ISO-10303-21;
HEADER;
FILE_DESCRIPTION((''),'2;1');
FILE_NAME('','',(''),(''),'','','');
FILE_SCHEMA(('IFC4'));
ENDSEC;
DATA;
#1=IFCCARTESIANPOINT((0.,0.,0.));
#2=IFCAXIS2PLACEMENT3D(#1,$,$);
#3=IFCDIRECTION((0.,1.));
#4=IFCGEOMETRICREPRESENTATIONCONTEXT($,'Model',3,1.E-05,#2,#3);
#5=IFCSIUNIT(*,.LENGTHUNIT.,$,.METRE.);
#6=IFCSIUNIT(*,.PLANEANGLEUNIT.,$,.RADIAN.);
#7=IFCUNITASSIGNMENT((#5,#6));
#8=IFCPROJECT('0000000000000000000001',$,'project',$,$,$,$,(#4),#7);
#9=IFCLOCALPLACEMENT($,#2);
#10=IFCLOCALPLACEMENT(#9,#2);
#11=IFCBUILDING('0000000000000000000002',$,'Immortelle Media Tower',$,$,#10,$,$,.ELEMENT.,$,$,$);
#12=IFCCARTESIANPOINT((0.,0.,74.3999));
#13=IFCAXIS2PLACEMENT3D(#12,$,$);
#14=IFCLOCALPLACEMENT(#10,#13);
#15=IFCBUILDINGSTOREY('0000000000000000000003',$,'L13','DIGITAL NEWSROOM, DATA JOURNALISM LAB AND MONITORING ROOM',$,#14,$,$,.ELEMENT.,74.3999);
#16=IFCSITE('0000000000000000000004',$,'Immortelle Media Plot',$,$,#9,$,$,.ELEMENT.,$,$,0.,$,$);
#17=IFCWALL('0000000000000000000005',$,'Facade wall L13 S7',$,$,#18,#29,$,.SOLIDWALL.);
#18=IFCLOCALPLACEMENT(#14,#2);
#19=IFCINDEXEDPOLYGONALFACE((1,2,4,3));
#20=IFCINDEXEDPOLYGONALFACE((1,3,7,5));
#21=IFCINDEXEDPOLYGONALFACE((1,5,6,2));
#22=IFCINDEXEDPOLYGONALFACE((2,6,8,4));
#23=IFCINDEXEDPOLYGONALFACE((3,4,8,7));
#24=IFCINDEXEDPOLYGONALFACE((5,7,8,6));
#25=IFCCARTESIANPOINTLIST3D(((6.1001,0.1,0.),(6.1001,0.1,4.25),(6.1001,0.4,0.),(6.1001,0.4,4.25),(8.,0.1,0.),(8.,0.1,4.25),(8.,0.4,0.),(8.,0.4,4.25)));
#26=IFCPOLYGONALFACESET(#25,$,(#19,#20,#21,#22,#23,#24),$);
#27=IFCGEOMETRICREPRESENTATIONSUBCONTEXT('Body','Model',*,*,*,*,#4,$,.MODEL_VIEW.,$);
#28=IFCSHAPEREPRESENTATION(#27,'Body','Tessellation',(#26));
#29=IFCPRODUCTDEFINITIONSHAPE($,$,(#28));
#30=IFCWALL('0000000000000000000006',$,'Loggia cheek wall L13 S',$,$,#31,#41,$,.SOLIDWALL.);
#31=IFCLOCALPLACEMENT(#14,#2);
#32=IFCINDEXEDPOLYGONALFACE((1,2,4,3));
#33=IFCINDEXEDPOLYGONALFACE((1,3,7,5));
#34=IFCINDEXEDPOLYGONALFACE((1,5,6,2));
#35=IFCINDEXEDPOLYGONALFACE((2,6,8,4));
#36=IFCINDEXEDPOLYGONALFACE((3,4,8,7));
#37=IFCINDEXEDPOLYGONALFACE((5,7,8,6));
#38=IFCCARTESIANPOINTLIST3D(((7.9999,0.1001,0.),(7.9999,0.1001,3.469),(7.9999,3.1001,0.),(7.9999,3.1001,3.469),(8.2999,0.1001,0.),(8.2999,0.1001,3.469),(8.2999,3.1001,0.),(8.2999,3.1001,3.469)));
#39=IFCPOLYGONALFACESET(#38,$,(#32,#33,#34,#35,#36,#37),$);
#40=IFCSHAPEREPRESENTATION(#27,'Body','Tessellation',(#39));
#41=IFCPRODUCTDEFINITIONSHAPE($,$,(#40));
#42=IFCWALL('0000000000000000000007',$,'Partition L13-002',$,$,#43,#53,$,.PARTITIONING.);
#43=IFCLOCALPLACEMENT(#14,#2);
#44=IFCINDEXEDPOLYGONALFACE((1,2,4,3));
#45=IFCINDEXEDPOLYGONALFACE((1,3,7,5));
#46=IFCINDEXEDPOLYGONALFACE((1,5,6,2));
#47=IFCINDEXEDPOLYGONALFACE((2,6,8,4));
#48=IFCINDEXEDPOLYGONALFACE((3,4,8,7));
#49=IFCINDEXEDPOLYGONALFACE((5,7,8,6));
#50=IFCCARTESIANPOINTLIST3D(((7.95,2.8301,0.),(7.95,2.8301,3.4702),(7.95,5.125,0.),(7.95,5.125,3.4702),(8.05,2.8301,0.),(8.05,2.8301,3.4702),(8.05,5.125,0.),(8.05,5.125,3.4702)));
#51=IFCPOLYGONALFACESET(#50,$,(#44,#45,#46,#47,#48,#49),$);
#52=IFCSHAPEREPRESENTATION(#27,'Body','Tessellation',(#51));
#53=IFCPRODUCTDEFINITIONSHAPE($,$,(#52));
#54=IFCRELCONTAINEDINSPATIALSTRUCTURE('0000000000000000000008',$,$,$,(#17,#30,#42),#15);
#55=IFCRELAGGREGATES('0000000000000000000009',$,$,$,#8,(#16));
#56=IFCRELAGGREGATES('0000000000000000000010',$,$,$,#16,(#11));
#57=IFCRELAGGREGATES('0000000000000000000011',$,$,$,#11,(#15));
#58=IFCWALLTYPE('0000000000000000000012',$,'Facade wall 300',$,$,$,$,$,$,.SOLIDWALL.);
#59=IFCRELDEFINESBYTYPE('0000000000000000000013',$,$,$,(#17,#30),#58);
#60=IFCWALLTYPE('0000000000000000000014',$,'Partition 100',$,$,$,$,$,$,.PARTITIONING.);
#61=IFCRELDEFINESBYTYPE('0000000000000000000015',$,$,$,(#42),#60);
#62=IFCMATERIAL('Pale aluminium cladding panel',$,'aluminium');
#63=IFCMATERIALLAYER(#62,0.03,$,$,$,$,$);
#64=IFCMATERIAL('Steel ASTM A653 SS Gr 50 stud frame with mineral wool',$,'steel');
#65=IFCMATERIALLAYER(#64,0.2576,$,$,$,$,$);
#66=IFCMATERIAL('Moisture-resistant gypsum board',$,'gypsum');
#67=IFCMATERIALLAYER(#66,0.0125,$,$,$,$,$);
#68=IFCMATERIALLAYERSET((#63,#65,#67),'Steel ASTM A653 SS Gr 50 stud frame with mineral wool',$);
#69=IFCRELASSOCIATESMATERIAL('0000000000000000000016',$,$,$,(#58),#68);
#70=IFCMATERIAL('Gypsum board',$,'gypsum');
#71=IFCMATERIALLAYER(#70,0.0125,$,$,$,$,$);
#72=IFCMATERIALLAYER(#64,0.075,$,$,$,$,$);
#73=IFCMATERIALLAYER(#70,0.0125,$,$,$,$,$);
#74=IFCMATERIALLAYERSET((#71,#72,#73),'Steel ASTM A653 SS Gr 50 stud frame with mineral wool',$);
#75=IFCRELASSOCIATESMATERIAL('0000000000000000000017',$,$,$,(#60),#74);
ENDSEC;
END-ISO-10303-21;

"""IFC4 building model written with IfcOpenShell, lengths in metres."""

from ifc_helpers import new_model, si_unit, direction, frame, frame_2d, origin, place, context, subcontext, project, spatial, rectangle, extrude, material, layer, layer_set, type_object, element, save


model = new_model("IFC4")

# Units and contexts
model_context = context("Model", 3, precision=1e-05, world=origin(), true_north=direction((0.0, 1.0)))
body_context = subcontext(model_context, "Body", "Model", "MODEL_VIEW")
ifc_project = project(units=[si_unit("LENGTHUNIT", "METRE"), si_unit("PLANEANGLEUNIT", "RADIAN")], contexts=[model_context])

# Site, building, storey
site_placement = place(None, origin())
site = spatial("IfcSite", under=ifc_project, at=site_placement, Name="Immortelle Media Plot", CompositionType="ELEMENT", RefElevation=0.0)
building_placement = place(site_placement, origin())
building = spatial("IfcBuilding", under=site, at=building_placement, Name="Immortelle Media Tower", CompositionType="ELEMENT")
storey_placement = place(building_placement, frame((0.0, 0.0, 74.3999)))
storey = spatial("IfcBuildingStorey", under=building, at=storey_placement, Name="L13", Description="DIGITAL NEWSROOM, DATA JOURNALISM LAB AND MONITORING ROOM", CompositionType="ELEMENT", Elevation=74.3999)

# Wall
ifc_material_1 = material(Name="Pale aluminium cladding panel", Category="aluminium")
ifc_layer_1 = layer(ifc_material_1, 0.03)
ifc_material_2 = material(Name="Steel ASTM A653 SS Gr 50 stud frame with mineral wool", Category="steel")
ifc_layer_2 = layer(ifc_material_2, 0.2576)
ifc_material_3 = material(Name="Moisture-resistant gypsum board", Category="gypsum")
ifc_layer_3 = layer(ifc_material_3, 0.0125)
ifc_layer_set_1 = layer_set([ifc_layer_1, ifc_layer_2, ifc_layer_3], Name="Steel ASTM A653 SS Gr 50 stud frame with mineral wool")
wall_type_1 = type_object("IfcWallType", Name="Facade wall 300", PredefinedType="SOLIDWALL", material=ifc_layer_set_1)
wall_1_placement = place(storey_placement, frame((6.1001, 0.25, 0.0), z_axis=(0.0, 0.0, 1.0), x_axis=(1.0, 0.0, 0.0)))
element("IfcWall", 1, at=wall_1_placement, inside=storey, type_object=wall_type_1, Name="Facade wall L13 S7", PredefinedType="SOLIDWALL", context=body_context, shape_type="SweptSolid", body=[
    extrude(rectangle(XDim=1.8999, YDim=0.3, at=frame_2d((0.95, 0.0))), origin(), (0.0, 0.0, 1.0), 4.25),
])

# Walls
wall_2_placement = place(storey_placement, frame((8.1499, 0.1001, 0.0), z_axis=(0.0, 0.0, 1.0), x_axis=(0.0, 1.0, 0.0)))
element("IfcWall", 2, at=wall_2_placement, inside=storey, type_object=wall_type_1, Name="Loggia cheek wall L13 S", PredefinedType="SOLIDWALL", context=body_context, shape_type="SweptSolid", body=[
    extrude(rectangle(XDim=3.0, YDim=0.3, at=frame_2d((1.5, 0.0))), origin(), (0.0, 0.0, 1.0), 3.469),
])
ifc_material_4 = material(Name="Gypsum board", Category="gypsum")
ifc_layer_4 = layer(ifc_material_4, 0.0125)
ifc_layer_5 = layer(ifc_material_2, 0.075)
ifc_layer_6 = layer(ifc_material_4, 0.0125)
ifc_layer_set_2 = layer_set([ifc_layer_4, ifc_layer_5, ifc_layer_6], Name="Steel ASTM A653 SS Gr 50 stud frame with mineral wool")
wall_type_2 = type_object("IfcWallType", Name="Partition 100", PredefinedType="PARTITIONING", material=ifc_layer_set_2)
wall_3_placement = place(storey_placement, frame((8.0, 2.8301, 0.0), z_axis=(0.0, 0.0, 1.0), x_axis=(0.0, 1.0, 0.0)))
element("IfcWall", 3, at=wall_3_placement, inside=storey, type_object=wall_type_2, Name="Partition L13-002", PredefinedType="PARTITIONING", context=body_context, shape_type="SweptSolid", body=[
    extrude(rectangle(XDim=2.2949, YDim=0.1001, at=frame_2d((1.1475, 0.0))), origin(), (0.0, 0.0, 1.0), 3.4702),
])

save(model, "model.ifc")
